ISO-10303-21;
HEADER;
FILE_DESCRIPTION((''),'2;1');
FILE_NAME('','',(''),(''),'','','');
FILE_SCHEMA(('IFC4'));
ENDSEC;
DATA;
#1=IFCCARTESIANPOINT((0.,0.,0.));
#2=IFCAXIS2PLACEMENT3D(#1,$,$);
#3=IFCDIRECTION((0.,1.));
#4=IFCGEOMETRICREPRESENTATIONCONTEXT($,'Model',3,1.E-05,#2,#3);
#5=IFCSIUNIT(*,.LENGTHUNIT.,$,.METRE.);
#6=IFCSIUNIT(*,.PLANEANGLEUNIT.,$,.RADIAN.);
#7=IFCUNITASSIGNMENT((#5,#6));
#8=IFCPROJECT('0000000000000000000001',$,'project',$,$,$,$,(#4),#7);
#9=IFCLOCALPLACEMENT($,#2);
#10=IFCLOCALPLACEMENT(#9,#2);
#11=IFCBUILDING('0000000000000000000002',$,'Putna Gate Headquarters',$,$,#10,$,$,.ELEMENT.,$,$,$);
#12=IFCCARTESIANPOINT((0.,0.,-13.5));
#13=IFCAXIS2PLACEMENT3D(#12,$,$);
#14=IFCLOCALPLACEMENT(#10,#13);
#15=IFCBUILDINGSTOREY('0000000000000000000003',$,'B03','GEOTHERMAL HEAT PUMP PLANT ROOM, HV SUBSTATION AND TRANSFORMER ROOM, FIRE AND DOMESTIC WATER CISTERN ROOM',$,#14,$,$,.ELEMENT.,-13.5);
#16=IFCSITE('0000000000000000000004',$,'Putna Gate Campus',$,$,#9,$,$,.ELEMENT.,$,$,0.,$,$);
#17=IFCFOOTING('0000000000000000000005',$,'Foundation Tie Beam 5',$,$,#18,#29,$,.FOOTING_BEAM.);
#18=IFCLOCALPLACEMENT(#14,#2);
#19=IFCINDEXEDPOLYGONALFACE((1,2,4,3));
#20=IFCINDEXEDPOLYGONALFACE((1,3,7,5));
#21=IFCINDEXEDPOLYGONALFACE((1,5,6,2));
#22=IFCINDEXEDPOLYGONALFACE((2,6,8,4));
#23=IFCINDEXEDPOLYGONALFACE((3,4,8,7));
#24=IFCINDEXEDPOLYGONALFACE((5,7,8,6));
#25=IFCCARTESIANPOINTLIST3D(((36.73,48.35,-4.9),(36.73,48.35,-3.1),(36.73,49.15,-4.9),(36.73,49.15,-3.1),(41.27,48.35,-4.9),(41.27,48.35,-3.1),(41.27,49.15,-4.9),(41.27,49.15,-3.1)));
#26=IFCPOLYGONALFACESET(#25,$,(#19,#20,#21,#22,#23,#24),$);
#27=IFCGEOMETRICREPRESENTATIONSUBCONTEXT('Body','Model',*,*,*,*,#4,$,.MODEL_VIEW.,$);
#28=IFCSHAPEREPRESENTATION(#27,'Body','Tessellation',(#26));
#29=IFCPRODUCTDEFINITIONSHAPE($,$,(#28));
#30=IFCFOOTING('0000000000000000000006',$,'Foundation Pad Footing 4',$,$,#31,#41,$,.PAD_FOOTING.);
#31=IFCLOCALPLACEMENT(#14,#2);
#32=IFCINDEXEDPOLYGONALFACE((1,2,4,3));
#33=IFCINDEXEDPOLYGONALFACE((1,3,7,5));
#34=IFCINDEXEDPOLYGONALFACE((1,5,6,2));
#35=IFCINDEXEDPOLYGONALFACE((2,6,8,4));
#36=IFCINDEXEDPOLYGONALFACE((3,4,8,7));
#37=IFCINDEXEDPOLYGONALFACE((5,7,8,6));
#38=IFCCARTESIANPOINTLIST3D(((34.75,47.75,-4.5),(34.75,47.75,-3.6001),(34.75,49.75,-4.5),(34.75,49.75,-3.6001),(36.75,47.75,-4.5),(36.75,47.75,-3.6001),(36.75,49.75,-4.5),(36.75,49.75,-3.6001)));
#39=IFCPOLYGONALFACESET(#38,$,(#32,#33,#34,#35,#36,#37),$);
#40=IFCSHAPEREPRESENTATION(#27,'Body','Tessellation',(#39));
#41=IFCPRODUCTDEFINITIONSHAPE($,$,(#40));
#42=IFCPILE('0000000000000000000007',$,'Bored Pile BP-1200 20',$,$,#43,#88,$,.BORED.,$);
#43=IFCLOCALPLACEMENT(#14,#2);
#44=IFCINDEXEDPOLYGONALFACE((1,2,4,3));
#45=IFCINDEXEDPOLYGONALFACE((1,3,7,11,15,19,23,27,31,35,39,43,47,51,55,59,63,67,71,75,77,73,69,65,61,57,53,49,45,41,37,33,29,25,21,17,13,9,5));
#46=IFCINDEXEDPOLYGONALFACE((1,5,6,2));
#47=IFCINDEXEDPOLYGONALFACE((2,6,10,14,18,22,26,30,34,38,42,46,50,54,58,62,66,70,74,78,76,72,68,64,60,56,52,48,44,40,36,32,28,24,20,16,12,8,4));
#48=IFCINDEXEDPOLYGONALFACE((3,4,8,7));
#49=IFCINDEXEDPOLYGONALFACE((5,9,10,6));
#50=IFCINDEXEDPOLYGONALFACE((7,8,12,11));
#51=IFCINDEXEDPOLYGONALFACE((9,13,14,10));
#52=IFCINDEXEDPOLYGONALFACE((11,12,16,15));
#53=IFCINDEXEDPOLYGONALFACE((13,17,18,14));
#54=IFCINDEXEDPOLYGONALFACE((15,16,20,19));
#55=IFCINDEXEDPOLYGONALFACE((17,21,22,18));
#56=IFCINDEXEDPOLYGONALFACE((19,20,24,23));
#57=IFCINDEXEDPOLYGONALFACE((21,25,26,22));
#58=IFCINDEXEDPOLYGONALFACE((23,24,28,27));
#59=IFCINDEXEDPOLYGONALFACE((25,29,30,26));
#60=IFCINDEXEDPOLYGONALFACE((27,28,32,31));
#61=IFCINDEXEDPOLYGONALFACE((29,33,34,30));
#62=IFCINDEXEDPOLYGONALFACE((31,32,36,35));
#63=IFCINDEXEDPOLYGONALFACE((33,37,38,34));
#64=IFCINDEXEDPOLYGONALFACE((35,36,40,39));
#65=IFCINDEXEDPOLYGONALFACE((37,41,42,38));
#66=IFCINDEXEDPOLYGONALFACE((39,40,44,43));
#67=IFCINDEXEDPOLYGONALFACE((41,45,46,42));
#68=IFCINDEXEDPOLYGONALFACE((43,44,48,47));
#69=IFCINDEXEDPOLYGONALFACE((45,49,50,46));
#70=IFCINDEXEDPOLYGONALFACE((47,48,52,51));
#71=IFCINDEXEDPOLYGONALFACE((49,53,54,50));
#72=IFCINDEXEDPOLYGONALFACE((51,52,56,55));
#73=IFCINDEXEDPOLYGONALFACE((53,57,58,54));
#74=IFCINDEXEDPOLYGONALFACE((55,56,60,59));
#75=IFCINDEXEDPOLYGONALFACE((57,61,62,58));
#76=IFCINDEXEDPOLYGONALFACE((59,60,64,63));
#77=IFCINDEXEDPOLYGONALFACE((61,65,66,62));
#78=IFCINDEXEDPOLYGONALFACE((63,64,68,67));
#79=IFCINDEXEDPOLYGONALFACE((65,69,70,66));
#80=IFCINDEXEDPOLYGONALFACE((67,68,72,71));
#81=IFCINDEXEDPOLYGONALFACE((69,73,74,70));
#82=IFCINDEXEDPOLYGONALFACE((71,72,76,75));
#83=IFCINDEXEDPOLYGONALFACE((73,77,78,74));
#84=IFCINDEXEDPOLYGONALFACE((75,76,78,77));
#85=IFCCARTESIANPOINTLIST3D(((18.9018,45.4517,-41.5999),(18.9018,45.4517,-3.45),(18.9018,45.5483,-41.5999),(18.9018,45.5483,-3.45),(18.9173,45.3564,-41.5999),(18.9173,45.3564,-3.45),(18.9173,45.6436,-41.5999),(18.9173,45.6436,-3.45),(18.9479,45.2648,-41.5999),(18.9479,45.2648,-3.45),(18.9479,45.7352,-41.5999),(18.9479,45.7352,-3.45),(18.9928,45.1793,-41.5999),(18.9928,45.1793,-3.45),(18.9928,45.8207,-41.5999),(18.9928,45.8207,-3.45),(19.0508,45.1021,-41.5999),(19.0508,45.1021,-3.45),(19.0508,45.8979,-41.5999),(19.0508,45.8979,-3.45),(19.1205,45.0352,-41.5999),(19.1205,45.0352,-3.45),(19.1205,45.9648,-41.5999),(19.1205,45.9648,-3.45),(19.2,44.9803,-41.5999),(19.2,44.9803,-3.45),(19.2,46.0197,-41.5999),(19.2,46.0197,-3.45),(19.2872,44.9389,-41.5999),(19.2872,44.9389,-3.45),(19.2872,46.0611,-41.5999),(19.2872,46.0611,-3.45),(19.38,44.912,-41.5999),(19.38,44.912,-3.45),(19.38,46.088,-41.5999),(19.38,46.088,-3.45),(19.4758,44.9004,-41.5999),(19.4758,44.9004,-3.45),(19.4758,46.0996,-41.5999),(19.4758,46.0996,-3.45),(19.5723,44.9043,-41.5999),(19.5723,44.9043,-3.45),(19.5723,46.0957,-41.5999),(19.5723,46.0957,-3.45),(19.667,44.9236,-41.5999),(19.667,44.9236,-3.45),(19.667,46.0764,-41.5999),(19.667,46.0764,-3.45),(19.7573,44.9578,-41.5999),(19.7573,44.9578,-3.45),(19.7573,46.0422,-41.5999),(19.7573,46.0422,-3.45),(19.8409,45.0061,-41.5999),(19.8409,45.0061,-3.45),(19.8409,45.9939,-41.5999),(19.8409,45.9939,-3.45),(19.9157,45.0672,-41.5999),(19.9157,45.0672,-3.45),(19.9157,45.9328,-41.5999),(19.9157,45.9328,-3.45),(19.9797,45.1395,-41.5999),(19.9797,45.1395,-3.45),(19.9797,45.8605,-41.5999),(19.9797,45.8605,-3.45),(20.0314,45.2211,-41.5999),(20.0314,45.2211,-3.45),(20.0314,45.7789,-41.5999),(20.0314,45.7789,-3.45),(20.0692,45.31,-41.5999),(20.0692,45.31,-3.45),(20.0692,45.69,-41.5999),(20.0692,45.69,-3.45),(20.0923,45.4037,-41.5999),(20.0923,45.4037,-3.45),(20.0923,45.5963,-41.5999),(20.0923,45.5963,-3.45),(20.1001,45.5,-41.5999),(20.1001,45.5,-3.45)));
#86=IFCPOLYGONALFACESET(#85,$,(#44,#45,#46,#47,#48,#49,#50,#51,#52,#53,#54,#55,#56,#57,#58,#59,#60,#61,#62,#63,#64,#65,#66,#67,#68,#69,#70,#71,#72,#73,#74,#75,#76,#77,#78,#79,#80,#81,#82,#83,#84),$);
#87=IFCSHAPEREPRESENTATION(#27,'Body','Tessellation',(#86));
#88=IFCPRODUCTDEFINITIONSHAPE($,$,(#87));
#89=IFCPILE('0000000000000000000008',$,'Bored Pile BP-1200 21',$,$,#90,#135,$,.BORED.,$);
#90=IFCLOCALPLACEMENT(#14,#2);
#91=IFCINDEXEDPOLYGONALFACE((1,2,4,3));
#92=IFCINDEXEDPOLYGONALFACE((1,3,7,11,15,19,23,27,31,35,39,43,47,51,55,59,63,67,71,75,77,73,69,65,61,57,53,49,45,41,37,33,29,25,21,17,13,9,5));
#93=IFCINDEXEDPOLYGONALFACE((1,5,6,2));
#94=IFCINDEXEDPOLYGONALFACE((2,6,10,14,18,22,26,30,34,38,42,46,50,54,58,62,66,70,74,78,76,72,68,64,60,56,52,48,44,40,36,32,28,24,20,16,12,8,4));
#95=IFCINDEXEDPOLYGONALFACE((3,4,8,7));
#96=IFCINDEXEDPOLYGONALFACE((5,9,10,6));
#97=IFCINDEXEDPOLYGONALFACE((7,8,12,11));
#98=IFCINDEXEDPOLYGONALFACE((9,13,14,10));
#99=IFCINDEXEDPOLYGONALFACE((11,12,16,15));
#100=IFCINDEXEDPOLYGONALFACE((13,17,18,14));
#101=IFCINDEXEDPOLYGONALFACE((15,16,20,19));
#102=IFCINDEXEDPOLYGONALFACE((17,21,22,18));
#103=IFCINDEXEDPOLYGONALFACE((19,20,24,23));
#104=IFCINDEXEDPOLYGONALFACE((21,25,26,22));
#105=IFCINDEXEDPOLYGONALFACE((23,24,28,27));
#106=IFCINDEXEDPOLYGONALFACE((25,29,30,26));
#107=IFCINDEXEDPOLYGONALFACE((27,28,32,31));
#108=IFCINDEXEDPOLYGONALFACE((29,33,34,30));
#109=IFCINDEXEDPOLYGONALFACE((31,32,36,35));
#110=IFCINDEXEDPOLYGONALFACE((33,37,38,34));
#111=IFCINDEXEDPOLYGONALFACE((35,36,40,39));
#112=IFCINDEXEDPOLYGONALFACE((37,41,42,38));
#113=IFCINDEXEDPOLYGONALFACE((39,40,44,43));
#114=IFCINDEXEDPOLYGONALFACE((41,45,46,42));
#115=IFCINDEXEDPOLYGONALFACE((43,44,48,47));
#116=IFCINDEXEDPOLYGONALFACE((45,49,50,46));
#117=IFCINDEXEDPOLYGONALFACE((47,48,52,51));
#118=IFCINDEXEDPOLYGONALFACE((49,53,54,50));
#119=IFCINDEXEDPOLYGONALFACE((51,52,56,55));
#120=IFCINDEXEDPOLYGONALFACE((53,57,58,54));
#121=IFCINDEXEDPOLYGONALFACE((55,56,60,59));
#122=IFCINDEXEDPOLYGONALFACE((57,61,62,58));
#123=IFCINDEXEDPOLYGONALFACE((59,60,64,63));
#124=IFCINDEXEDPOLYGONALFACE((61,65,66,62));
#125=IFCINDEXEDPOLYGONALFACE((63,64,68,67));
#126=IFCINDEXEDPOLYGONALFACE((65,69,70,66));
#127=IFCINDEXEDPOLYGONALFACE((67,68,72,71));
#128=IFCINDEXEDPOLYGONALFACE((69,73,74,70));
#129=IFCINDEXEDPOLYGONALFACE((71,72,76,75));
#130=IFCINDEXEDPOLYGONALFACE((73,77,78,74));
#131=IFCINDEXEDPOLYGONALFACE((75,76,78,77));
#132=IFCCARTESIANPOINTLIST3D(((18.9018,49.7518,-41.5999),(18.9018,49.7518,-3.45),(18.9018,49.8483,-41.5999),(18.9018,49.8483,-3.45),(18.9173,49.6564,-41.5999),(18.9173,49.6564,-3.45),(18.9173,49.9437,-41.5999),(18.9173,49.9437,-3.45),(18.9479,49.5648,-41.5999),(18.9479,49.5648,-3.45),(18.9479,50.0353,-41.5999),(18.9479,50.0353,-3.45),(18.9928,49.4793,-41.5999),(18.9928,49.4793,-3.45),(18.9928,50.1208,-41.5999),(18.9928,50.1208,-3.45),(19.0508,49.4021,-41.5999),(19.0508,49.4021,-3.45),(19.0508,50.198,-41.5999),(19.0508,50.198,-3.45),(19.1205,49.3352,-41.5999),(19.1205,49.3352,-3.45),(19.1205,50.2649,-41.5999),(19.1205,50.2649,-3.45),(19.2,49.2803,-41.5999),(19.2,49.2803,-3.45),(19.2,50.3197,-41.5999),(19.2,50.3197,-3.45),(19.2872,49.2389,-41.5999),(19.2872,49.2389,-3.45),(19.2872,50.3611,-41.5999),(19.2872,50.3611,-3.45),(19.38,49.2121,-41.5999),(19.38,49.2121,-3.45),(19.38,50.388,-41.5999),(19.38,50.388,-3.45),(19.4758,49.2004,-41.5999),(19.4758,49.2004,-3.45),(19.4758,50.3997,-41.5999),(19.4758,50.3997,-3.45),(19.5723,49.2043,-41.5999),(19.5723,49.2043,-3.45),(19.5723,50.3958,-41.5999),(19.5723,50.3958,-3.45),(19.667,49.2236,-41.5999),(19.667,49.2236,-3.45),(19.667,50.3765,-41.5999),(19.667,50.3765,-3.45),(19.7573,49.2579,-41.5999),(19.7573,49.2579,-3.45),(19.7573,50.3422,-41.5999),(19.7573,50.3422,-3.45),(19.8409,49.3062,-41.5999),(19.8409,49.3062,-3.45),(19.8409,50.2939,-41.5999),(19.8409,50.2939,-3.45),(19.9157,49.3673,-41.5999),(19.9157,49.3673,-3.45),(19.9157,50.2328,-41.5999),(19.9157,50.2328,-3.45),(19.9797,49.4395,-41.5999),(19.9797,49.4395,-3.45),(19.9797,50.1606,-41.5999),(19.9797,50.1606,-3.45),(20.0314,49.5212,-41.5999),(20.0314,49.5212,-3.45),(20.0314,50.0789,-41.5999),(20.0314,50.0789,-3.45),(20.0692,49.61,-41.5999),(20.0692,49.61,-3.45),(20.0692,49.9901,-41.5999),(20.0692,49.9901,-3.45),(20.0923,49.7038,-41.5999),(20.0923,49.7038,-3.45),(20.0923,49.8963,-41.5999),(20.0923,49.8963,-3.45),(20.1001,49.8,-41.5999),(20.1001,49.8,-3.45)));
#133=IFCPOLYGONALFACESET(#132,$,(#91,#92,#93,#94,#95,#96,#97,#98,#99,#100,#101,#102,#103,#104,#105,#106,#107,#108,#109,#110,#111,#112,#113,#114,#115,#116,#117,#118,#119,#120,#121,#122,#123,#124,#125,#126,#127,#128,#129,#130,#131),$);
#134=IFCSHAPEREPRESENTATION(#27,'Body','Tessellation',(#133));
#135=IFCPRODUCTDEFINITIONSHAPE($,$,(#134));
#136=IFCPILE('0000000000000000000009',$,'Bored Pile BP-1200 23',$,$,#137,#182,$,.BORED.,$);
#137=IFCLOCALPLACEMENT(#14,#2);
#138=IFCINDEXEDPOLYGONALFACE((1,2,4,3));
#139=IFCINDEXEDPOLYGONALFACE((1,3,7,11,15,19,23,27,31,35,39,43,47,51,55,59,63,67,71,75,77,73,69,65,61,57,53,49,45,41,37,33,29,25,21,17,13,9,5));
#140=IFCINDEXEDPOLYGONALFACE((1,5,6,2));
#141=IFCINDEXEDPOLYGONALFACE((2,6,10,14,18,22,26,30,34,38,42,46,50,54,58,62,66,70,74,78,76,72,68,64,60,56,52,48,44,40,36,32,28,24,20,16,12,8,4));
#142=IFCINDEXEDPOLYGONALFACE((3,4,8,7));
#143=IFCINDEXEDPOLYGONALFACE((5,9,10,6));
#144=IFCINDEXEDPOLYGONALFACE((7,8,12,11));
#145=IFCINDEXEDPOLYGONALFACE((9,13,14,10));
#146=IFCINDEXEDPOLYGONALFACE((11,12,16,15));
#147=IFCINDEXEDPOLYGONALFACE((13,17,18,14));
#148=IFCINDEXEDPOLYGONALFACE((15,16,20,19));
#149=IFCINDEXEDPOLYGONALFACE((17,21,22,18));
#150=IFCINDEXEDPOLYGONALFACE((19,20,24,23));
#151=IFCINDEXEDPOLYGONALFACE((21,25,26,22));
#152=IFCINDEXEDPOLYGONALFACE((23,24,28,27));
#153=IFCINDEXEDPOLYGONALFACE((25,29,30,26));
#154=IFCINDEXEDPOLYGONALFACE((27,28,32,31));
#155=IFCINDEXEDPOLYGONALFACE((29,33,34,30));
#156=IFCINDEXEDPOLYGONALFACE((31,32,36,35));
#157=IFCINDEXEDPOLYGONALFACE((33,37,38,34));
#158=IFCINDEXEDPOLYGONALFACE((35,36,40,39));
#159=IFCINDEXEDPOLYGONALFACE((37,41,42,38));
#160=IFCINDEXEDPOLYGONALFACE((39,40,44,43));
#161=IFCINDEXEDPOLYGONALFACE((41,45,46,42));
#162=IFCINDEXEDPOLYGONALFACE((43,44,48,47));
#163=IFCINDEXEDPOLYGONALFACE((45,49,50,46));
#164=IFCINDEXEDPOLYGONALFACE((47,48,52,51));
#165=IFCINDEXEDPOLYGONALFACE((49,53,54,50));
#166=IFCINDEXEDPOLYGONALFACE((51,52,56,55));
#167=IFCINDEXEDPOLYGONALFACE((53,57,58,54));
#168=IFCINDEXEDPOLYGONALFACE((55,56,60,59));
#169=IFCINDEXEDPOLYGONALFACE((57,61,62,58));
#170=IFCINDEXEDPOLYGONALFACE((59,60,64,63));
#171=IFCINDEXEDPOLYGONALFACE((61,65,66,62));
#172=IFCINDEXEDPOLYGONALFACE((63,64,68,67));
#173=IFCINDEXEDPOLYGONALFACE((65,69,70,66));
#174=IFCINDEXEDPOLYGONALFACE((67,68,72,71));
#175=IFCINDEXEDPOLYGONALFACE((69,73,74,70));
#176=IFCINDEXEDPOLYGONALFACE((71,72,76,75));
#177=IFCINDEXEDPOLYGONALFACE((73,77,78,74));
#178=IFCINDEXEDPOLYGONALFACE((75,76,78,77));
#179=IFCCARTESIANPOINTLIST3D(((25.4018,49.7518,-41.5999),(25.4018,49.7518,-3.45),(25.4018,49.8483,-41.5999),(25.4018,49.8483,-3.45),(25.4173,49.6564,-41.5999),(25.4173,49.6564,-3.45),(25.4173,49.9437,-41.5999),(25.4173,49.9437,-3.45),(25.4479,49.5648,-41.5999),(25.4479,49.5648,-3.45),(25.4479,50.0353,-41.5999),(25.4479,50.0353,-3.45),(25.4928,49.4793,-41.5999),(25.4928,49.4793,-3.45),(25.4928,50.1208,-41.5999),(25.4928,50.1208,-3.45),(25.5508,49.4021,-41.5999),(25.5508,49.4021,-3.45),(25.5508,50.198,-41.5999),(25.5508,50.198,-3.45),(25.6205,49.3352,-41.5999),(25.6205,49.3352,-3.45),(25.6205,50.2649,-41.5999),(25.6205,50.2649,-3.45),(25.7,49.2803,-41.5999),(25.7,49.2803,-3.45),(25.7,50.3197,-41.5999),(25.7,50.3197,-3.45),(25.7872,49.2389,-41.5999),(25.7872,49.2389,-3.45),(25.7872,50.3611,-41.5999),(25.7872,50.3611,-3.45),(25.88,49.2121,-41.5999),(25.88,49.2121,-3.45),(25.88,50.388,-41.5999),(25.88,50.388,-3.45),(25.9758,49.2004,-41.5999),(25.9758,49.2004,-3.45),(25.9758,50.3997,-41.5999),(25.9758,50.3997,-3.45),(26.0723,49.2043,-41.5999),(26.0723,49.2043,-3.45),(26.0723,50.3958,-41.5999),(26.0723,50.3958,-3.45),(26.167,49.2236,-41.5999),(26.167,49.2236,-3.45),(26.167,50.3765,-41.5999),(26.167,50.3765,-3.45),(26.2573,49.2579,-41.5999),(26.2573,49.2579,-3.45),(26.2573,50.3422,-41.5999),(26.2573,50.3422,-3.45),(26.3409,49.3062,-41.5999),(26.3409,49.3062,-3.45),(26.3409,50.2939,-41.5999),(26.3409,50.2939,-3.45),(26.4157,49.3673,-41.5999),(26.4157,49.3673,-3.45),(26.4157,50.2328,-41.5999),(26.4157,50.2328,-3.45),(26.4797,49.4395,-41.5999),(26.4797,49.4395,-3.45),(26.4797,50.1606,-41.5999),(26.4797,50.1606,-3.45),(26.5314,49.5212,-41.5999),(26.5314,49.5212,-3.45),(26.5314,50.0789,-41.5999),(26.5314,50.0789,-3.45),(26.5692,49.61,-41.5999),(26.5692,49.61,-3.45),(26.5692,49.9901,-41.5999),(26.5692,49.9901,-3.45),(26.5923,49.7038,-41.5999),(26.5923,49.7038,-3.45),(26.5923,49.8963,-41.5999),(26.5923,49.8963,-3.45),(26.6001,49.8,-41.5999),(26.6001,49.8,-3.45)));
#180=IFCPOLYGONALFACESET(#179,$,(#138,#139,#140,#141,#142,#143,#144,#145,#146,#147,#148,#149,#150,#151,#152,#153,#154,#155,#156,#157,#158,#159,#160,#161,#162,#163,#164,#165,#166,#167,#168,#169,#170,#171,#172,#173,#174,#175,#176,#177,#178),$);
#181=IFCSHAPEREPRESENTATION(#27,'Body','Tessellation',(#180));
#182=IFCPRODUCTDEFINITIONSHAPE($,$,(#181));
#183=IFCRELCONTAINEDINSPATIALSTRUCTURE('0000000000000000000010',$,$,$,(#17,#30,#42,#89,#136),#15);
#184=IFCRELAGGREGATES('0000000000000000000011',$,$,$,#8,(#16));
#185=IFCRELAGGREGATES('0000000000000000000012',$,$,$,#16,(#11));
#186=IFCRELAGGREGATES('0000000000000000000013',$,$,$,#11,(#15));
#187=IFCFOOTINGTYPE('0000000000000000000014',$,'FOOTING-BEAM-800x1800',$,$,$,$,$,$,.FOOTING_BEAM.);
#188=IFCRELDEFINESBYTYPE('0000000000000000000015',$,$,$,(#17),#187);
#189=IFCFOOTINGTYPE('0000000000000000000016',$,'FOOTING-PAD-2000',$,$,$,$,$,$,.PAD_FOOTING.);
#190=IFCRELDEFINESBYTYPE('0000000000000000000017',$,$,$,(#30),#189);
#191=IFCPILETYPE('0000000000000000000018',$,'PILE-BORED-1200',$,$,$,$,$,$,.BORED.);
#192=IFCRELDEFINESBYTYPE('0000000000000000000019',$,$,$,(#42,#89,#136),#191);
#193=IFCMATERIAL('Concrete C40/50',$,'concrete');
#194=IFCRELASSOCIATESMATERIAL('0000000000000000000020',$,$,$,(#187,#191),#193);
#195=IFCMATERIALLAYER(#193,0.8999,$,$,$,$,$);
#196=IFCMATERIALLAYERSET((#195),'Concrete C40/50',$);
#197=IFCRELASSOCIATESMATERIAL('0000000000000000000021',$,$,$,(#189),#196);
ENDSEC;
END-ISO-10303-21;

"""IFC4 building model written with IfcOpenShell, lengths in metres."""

from ifc_helpers import new_model, si_unit, direction, frame, origin, origin_2d, place, context, subcontext, project, spatial, rectangle, circle, extrude, material, layer, layer_set, material_profile, profile_set, type_object, element, save


model = new_model("IFC4")

# Units and contexts
model_context = context("Model", 3, precision=1e-05, world=origin(), true_north=direction((0.0, 1.0)))
body_context = subcontext(model_context, "Body", "Model", "MODEL_VIEW")
ifc_project = project(units=[si_unit("LENGTHUNIT", "METRE"), si_unit("PLANEANGLEUNIT", "RADIAN")], contexts=[model_context])

# Site, building, storey
site_placement = place(None, origin())
site = spatial("IfcSite", under=ifc_project, at=site_placement, Name="Putna Gate Campus", CompositionType="ELEMENT", RefElevation=0.0)
building_placement = place(site_placement, origin())
building = spatial("IfcBuilding", under=site, at=building_placement, Name="Putna Gate Headquarters", CompositionType="ELEMENT")
storey_placement = place(building_placement, frame((0.0, 0.0, -13.5)))
storey = spatial("IfcBuildingStorey", under=building, at=storey_placement, Name="B03", Description="GEOTHERMAL HEAT PUMP PLANT ROOM, HV SUBSTATION AND TRANSFORMER ROOM, FIRE AND DOMESTIC WATER CISTERN ROOM", CompositionType="ELEMENT", Elevation=-13.5)

# Footings
ifc_material_1 = material(Name="Concrete C40/50", Category="concrete")
ifc_material_profile_1 = material_profile(ifc_material_1, rectangle(XDim=0.8, YDim=1.8, at=origin_2d()), Name="Concrete C40/50")
ifc_profile_set_1 = profile_set([ifc_material_profile_1], Name="Concrete C40/50")
footing_type_1 = type_object("IfcFootingType", Name="FOOTING-BEAM-800x1800", PredefinedType="FOOTING_BEAM", material=ifc_profile_set_1)
footing_1_placement = place(storey_placement, frame((36.73, 48.75, -4.0), z_axis=(1.0, 0.0, 0.0), x_axis=(0.0, 1.0, 0.0)))
element("IfcFooting", 1, at=footing_1_placement, inside=storey, type_object=footing_type_1, Name="Foundation Tie Beam 5", PredefinedType="FOOTING_BEAM", context=body_context, shape_type="SweptSolid", body=[
    extrude(rectangle(XDim=0.8, YDim=1.8, at=origin_2d()), origin(), (0.0, 0.0, 1.0), 4.54),
])
ifc_layer = layer(ifc_material_1, 0.8999)
ifc_layer_set = layer_set([ifc_layer], Name="Concrete C40/50")
footing_type_2 = type_object("IfcFootingType", Name="FOOTING-PAD-2000", PredefinedType="PAD_FOOTING", material=ifc_layer_set)
footing_2_placement = place(storey_placement, frame((35.75, 48.75, -4.5), z_axis=(0.0, 0.0, 1.0), x_axis=(1.0, 0.0, 0.0)))
element("IfcFooting", 2, at=footing_2_placement, inside=storey, type_object=footing_type_2, Name="Foundation Pad Footing 4", PredefinedType="PAD_FOOTING", context=body_context, shape_type="SweptSolid", body=[
    extrude(rectangle(XDim=2.0, YDim=2.0, at=origin_2d()), origin(), (0.0, 0.0, 1.0), 0.8999),
])

# Piles
ifc_material_profile_2 = material_profile(ifc_material_1, circle(Radius=0.6001, at=origin_2d()), Name="Concrete C40/50")
ifc_profile_set_2 = profile_set([ifc_material_profile_2], Name="Concrete C40/50")
pile_type_1 = type_object("IfcPileType", Name="PILE-BORED-1200", PredefinedType="BORED", material=ifc_profile_set_2)
for number, where, z_axis, x_axis, name in (
    (3, (19.5, 45.5, -3.45), (0.0, 0.0, -1.0), (1.0, 0.0, 0.0), "Bored Pile BP-1200 20"),
    (4, (19.5, 49.8, -3.45), (0.0, 0.0, -1.0), (1.0, 0.0, 0.0), "Bored Pile BP-1200 21"),
    (5, (26.0, 49.8, -3.45), (0.0, 0.0, -1.0), (1.0, 0.0, 0.0), "Bored Pile BP-1200 23"),
):
    element("IfcPile", number, at=place(storey_placement, frame(where, z_axis=z_axis, x_axis=x_axis)), inside=storey, type_object=pile_type_1, Name=name, PredefinedType="BORED", context=body_context, shape_type="SweptSolid", body=[
        extrude(circle(Radius=0.6001, at=origin_2d()), origin(), (0.0, 0.0, 1.0), 38.1499),
    ])

save(model, "model.ifc")
